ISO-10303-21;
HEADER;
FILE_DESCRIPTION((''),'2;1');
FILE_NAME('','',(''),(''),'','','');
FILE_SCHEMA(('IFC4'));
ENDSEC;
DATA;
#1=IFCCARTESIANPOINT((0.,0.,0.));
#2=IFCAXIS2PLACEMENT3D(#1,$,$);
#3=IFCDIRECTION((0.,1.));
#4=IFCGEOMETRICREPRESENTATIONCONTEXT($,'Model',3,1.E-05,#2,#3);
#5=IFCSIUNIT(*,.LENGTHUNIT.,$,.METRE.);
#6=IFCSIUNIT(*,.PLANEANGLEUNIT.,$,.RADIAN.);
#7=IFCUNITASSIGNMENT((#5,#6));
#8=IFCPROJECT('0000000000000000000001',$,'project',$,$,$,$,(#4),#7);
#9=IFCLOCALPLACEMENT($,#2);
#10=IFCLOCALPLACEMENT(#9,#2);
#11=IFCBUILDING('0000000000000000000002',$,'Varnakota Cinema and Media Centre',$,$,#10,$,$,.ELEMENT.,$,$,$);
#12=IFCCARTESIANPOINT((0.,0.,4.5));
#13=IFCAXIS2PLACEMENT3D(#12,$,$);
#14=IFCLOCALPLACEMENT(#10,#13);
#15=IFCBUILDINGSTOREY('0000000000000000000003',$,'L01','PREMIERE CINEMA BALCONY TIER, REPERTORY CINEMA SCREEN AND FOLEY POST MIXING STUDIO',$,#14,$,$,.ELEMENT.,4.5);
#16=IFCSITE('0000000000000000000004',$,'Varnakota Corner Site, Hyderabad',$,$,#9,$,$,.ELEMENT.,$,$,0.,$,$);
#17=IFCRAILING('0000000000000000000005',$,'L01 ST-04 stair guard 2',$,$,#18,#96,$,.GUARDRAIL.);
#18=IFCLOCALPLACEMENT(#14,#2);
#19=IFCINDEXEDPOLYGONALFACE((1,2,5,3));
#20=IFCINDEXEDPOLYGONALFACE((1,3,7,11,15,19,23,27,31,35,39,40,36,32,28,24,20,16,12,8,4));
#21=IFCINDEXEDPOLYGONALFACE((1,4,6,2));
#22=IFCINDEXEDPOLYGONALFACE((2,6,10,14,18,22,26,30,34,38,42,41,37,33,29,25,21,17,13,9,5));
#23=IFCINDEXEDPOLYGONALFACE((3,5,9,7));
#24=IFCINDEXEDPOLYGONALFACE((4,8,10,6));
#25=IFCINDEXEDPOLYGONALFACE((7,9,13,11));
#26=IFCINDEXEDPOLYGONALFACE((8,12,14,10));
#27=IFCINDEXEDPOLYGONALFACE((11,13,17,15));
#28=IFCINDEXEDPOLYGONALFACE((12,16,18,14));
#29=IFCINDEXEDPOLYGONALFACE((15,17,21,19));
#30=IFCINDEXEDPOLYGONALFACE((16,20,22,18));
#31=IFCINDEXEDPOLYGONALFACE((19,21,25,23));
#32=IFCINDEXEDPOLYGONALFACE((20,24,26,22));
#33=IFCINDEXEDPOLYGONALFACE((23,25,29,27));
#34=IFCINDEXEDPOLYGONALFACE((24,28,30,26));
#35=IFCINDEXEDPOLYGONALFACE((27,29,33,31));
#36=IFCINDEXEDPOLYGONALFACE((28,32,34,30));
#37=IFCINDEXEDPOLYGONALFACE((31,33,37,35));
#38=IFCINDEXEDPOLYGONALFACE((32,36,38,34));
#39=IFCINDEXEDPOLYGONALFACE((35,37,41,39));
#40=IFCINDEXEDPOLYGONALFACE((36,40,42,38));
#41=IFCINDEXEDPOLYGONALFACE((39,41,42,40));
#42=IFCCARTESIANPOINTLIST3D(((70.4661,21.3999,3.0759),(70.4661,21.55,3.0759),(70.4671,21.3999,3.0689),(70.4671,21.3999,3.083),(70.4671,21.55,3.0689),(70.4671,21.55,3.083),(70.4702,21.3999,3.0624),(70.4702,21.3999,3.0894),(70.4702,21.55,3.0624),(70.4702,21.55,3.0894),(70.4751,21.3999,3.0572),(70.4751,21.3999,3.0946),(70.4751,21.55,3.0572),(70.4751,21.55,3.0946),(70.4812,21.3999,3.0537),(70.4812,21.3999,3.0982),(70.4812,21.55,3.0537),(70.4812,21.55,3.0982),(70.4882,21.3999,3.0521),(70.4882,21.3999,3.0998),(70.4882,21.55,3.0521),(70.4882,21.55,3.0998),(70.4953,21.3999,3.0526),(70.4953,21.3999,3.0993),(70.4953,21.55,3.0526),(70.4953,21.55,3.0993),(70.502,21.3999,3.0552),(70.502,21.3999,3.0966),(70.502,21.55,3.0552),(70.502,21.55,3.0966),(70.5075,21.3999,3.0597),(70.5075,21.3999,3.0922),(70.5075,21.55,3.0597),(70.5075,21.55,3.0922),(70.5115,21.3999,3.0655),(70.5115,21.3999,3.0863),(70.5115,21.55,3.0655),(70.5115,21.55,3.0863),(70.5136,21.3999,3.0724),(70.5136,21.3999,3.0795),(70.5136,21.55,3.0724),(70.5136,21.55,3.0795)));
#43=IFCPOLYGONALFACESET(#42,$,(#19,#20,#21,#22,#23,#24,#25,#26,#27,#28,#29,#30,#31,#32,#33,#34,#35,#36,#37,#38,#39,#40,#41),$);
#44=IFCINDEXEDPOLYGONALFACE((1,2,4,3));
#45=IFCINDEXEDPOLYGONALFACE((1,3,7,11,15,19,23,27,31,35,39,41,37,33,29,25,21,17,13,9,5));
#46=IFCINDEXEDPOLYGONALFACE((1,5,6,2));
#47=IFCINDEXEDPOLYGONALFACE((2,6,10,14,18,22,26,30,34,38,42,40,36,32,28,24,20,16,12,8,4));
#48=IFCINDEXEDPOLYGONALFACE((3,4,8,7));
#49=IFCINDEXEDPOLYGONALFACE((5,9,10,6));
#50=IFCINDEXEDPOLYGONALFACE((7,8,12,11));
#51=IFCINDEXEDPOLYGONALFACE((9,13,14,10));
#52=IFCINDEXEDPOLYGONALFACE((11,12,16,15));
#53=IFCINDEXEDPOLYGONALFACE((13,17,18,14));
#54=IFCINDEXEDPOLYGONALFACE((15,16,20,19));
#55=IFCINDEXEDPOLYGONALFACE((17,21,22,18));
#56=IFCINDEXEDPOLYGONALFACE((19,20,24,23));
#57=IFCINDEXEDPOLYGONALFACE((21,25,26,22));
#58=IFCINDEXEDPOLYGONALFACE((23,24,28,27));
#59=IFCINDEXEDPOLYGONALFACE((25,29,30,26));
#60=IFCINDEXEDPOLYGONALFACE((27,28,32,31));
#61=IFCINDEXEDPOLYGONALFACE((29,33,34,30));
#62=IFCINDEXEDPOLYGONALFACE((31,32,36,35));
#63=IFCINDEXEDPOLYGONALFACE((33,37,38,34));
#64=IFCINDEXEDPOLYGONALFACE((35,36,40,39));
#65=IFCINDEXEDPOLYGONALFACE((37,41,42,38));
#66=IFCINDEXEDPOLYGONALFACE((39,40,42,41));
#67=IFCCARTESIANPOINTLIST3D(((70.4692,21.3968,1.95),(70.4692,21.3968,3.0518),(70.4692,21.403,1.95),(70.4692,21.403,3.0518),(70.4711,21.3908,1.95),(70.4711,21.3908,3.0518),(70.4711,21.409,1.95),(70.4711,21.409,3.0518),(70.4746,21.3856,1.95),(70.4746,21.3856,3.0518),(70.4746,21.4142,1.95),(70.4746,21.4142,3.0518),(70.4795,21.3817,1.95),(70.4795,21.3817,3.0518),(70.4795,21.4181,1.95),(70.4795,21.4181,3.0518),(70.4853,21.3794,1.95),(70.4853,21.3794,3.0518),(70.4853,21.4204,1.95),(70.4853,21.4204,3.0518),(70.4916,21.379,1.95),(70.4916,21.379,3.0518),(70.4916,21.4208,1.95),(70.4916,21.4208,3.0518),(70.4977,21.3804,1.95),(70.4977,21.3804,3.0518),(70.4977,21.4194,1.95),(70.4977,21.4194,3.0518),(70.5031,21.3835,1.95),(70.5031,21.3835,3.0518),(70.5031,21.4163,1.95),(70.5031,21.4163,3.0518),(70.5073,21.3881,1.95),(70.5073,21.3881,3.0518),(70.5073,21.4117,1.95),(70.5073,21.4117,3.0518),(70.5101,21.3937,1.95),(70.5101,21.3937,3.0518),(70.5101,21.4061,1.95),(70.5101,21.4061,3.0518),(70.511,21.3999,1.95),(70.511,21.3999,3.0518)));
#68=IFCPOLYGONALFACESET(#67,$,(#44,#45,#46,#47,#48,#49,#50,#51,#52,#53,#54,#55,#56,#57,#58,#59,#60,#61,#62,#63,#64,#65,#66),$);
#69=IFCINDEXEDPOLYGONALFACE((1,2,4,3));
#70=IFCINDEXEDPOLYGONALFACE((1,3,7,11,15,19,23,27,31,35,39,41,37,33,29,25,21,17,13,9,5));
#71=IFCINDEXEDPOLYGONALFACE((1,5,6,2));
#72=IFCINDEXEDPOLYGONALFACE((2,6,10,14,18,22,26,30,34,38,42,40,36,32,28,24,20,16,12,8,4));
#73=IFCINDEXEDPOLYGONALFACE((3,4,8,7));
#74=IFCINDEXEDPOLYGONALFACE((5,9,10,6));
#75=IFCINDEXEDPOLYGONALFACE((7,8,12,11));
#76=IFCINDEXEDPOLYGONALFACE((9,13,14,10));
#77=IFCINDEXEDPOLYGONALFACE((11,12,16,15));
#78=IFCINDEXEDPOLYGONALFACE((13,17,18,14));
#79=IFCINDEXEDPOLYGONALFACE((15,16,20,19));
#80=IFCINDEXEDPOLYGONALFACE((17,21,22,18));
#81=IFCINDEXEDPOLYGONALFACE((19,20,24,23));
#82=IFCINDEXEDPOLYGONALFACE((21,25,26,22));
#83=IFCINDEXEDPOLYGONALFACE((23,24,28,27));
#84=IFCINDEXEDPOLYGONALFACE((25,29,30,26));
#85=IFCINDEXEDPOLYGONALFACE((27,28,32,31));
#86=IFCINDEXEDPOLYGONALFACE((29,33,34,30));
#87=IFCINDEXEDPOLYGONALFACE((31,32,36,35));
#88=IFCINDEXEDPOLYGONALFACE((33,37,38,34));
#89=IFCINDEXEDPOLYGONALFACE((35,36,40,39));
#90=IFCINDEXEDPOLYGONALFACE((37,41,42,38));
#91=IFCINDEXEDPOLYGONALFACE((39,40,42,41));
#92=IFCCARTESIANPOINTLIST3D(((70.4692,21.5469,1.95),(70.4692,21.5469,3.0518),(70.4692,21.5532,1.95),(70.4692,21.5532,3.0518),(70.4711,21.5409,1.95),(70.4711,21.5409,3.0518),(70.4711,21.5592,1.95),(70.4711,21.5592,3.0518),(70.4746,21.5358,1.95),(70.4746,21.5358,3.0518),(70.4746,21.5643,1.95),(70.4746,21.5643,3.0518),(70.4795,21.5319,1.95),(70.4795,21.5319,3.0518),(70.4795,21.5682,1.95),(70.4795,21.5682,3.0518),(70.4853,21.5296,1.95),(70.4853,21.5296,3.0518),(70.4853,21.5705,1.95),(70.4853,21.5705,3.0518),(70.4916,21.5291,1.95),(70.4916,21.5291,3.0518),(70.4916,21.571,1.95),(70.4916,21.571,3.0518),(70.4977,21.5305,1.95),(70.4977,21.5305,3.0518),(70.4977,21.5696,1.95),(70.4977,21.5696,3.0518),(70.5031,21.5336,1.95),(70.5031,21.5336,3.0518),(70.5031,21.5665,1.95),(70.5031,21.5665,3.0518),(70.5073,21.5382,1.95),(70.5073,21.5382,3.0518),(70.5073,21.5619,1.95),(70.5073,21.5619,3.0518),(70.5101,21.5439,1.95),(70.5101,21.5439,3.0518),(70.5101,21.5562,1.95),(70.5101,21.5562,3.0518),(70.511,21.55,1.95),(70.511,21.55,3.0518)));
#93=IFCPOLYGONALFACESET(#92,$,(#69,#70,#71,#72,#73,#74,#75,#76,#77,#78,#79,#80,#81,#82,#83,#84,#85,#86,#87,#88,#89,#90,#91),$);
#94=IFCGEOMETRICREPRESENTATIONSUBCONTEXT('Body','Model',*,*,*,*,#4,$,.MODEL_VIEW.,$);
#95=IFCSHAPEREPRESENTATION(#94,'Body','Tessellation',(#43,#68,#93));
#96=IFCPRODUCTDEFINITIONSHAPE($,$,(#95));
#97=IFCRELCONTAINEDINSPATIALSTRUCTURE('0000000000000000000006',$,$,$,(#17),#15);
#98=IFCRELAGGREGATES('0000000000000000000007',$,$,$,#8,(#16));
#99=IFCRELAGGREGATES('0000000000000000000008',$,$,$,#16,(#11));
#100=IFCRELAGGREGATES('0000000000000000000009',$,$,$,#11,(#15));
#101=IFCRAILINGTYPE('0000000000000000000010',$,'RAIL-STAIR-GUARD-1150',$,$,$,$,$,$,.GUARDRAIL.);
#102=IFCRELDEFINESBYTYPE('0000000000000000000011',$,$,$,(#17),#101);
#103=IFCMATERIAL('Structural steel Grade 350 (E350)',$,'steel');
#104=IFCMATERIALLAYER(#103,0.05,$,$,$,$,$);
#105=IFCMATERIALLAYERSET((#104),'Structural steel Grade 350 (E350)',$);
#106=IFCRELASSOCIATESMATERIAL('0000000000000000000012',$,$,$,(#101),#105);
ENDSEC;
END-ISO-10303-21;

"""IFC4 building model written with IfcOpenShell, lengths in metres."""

from ifc_helpers import new_model, si_unit, direction, frame, origin, origin_2d, place, context, subcontext, project, spatial, circle, extrude, material, layer, layer_set, type_object, element, save


model = new_model("IFC4")

# Units and contexts
model_context = context("Model", 3, precision=1e-05, world=origin(), true_north=direction((0.0, 1.0)))
body_context = subcontext(model_context, "Body", "Model", "MODEL_VIEW")
ifc_project = project(units=[si_unit("LENGTHUNIT", "METRE"), si_unit("PLANEANGLEUNIT", "RADIAN")], contexts=[model_context])

# Site, building, storey
site_placement = place(None, origin())
site = spatial("IfcSite", under=ifc_project, at=site_placement, Name="Varnakota Corner Site, Hyderabad", CompositionType="ELEMENT", RefElevation=0.0)
building_placement = place(site_placement, origin())
building = spatial("IfcBuilding", under=site, at=building_placement, Name="Varnakota Cinema and Media Centre", CompositionType="ELEMENT")
storey_placement = place(building_placement, frame((0.0, 0.0, 4.5)))
storey = spatial("IfcBuildingStorey", under=building, at=storey_placement, Name="L01", Description="PREMIERE CINEMA BALCONY TIER, REPERTORY CINEMA SCREEN AND FOLEY POST MIXING STUDIO", CompositionType="ELEMENT", Elevation=4.5)

# Railing
ifc_material_1 = material(Name="Structural steel Grade 350 (E350)", Category="steel")
ifc_layer_1 = layer(ifc_material_1, 0.05)
ifc_layer_set_1 = layer_set([ifc_layer_1], Name="Structural steel Grade 350 (E350)")
railing_type_1 = type_object("IfcRailingType", Name="RAIL-STAIR-GUARD-1150", PredefinedType="GUARDRAIL", material=ifc_layer_set_1)
railing_1_placement = place(storey_placement, frame((70.49, 21.3999, 1.95)))
element("IfcRailing", 1, at=railing_1_placement, inside=storey, type_object=railing_type_1, Name="L01 ST-04 stair guard 2", PredefinedType="GUARDRAIL", context=body_context, shape_type="SweptSolid", body=[
    extrude(circle(Radius=0.0239, at=origin_2d()), frame((0.0, 0.0, 1.126), z_axis=(0.0, 1.0, 0.0), x_axis=(-1.0, 0.0, 0.0)), (0.0, 0.0, 1.0), 0.1501),
    extrude(circle(Radius=0.021, at=origin_2d()), origin(), (0.0, 0.0, 1.0), 1.1018),
    extrude(circle(Radius=0.021, at=origin_2d()), frame((0.0, 0.1501, 0.0)), (0.0, 0.0, 1.0), 1.1018),
])

save(model, "model.ifc")
